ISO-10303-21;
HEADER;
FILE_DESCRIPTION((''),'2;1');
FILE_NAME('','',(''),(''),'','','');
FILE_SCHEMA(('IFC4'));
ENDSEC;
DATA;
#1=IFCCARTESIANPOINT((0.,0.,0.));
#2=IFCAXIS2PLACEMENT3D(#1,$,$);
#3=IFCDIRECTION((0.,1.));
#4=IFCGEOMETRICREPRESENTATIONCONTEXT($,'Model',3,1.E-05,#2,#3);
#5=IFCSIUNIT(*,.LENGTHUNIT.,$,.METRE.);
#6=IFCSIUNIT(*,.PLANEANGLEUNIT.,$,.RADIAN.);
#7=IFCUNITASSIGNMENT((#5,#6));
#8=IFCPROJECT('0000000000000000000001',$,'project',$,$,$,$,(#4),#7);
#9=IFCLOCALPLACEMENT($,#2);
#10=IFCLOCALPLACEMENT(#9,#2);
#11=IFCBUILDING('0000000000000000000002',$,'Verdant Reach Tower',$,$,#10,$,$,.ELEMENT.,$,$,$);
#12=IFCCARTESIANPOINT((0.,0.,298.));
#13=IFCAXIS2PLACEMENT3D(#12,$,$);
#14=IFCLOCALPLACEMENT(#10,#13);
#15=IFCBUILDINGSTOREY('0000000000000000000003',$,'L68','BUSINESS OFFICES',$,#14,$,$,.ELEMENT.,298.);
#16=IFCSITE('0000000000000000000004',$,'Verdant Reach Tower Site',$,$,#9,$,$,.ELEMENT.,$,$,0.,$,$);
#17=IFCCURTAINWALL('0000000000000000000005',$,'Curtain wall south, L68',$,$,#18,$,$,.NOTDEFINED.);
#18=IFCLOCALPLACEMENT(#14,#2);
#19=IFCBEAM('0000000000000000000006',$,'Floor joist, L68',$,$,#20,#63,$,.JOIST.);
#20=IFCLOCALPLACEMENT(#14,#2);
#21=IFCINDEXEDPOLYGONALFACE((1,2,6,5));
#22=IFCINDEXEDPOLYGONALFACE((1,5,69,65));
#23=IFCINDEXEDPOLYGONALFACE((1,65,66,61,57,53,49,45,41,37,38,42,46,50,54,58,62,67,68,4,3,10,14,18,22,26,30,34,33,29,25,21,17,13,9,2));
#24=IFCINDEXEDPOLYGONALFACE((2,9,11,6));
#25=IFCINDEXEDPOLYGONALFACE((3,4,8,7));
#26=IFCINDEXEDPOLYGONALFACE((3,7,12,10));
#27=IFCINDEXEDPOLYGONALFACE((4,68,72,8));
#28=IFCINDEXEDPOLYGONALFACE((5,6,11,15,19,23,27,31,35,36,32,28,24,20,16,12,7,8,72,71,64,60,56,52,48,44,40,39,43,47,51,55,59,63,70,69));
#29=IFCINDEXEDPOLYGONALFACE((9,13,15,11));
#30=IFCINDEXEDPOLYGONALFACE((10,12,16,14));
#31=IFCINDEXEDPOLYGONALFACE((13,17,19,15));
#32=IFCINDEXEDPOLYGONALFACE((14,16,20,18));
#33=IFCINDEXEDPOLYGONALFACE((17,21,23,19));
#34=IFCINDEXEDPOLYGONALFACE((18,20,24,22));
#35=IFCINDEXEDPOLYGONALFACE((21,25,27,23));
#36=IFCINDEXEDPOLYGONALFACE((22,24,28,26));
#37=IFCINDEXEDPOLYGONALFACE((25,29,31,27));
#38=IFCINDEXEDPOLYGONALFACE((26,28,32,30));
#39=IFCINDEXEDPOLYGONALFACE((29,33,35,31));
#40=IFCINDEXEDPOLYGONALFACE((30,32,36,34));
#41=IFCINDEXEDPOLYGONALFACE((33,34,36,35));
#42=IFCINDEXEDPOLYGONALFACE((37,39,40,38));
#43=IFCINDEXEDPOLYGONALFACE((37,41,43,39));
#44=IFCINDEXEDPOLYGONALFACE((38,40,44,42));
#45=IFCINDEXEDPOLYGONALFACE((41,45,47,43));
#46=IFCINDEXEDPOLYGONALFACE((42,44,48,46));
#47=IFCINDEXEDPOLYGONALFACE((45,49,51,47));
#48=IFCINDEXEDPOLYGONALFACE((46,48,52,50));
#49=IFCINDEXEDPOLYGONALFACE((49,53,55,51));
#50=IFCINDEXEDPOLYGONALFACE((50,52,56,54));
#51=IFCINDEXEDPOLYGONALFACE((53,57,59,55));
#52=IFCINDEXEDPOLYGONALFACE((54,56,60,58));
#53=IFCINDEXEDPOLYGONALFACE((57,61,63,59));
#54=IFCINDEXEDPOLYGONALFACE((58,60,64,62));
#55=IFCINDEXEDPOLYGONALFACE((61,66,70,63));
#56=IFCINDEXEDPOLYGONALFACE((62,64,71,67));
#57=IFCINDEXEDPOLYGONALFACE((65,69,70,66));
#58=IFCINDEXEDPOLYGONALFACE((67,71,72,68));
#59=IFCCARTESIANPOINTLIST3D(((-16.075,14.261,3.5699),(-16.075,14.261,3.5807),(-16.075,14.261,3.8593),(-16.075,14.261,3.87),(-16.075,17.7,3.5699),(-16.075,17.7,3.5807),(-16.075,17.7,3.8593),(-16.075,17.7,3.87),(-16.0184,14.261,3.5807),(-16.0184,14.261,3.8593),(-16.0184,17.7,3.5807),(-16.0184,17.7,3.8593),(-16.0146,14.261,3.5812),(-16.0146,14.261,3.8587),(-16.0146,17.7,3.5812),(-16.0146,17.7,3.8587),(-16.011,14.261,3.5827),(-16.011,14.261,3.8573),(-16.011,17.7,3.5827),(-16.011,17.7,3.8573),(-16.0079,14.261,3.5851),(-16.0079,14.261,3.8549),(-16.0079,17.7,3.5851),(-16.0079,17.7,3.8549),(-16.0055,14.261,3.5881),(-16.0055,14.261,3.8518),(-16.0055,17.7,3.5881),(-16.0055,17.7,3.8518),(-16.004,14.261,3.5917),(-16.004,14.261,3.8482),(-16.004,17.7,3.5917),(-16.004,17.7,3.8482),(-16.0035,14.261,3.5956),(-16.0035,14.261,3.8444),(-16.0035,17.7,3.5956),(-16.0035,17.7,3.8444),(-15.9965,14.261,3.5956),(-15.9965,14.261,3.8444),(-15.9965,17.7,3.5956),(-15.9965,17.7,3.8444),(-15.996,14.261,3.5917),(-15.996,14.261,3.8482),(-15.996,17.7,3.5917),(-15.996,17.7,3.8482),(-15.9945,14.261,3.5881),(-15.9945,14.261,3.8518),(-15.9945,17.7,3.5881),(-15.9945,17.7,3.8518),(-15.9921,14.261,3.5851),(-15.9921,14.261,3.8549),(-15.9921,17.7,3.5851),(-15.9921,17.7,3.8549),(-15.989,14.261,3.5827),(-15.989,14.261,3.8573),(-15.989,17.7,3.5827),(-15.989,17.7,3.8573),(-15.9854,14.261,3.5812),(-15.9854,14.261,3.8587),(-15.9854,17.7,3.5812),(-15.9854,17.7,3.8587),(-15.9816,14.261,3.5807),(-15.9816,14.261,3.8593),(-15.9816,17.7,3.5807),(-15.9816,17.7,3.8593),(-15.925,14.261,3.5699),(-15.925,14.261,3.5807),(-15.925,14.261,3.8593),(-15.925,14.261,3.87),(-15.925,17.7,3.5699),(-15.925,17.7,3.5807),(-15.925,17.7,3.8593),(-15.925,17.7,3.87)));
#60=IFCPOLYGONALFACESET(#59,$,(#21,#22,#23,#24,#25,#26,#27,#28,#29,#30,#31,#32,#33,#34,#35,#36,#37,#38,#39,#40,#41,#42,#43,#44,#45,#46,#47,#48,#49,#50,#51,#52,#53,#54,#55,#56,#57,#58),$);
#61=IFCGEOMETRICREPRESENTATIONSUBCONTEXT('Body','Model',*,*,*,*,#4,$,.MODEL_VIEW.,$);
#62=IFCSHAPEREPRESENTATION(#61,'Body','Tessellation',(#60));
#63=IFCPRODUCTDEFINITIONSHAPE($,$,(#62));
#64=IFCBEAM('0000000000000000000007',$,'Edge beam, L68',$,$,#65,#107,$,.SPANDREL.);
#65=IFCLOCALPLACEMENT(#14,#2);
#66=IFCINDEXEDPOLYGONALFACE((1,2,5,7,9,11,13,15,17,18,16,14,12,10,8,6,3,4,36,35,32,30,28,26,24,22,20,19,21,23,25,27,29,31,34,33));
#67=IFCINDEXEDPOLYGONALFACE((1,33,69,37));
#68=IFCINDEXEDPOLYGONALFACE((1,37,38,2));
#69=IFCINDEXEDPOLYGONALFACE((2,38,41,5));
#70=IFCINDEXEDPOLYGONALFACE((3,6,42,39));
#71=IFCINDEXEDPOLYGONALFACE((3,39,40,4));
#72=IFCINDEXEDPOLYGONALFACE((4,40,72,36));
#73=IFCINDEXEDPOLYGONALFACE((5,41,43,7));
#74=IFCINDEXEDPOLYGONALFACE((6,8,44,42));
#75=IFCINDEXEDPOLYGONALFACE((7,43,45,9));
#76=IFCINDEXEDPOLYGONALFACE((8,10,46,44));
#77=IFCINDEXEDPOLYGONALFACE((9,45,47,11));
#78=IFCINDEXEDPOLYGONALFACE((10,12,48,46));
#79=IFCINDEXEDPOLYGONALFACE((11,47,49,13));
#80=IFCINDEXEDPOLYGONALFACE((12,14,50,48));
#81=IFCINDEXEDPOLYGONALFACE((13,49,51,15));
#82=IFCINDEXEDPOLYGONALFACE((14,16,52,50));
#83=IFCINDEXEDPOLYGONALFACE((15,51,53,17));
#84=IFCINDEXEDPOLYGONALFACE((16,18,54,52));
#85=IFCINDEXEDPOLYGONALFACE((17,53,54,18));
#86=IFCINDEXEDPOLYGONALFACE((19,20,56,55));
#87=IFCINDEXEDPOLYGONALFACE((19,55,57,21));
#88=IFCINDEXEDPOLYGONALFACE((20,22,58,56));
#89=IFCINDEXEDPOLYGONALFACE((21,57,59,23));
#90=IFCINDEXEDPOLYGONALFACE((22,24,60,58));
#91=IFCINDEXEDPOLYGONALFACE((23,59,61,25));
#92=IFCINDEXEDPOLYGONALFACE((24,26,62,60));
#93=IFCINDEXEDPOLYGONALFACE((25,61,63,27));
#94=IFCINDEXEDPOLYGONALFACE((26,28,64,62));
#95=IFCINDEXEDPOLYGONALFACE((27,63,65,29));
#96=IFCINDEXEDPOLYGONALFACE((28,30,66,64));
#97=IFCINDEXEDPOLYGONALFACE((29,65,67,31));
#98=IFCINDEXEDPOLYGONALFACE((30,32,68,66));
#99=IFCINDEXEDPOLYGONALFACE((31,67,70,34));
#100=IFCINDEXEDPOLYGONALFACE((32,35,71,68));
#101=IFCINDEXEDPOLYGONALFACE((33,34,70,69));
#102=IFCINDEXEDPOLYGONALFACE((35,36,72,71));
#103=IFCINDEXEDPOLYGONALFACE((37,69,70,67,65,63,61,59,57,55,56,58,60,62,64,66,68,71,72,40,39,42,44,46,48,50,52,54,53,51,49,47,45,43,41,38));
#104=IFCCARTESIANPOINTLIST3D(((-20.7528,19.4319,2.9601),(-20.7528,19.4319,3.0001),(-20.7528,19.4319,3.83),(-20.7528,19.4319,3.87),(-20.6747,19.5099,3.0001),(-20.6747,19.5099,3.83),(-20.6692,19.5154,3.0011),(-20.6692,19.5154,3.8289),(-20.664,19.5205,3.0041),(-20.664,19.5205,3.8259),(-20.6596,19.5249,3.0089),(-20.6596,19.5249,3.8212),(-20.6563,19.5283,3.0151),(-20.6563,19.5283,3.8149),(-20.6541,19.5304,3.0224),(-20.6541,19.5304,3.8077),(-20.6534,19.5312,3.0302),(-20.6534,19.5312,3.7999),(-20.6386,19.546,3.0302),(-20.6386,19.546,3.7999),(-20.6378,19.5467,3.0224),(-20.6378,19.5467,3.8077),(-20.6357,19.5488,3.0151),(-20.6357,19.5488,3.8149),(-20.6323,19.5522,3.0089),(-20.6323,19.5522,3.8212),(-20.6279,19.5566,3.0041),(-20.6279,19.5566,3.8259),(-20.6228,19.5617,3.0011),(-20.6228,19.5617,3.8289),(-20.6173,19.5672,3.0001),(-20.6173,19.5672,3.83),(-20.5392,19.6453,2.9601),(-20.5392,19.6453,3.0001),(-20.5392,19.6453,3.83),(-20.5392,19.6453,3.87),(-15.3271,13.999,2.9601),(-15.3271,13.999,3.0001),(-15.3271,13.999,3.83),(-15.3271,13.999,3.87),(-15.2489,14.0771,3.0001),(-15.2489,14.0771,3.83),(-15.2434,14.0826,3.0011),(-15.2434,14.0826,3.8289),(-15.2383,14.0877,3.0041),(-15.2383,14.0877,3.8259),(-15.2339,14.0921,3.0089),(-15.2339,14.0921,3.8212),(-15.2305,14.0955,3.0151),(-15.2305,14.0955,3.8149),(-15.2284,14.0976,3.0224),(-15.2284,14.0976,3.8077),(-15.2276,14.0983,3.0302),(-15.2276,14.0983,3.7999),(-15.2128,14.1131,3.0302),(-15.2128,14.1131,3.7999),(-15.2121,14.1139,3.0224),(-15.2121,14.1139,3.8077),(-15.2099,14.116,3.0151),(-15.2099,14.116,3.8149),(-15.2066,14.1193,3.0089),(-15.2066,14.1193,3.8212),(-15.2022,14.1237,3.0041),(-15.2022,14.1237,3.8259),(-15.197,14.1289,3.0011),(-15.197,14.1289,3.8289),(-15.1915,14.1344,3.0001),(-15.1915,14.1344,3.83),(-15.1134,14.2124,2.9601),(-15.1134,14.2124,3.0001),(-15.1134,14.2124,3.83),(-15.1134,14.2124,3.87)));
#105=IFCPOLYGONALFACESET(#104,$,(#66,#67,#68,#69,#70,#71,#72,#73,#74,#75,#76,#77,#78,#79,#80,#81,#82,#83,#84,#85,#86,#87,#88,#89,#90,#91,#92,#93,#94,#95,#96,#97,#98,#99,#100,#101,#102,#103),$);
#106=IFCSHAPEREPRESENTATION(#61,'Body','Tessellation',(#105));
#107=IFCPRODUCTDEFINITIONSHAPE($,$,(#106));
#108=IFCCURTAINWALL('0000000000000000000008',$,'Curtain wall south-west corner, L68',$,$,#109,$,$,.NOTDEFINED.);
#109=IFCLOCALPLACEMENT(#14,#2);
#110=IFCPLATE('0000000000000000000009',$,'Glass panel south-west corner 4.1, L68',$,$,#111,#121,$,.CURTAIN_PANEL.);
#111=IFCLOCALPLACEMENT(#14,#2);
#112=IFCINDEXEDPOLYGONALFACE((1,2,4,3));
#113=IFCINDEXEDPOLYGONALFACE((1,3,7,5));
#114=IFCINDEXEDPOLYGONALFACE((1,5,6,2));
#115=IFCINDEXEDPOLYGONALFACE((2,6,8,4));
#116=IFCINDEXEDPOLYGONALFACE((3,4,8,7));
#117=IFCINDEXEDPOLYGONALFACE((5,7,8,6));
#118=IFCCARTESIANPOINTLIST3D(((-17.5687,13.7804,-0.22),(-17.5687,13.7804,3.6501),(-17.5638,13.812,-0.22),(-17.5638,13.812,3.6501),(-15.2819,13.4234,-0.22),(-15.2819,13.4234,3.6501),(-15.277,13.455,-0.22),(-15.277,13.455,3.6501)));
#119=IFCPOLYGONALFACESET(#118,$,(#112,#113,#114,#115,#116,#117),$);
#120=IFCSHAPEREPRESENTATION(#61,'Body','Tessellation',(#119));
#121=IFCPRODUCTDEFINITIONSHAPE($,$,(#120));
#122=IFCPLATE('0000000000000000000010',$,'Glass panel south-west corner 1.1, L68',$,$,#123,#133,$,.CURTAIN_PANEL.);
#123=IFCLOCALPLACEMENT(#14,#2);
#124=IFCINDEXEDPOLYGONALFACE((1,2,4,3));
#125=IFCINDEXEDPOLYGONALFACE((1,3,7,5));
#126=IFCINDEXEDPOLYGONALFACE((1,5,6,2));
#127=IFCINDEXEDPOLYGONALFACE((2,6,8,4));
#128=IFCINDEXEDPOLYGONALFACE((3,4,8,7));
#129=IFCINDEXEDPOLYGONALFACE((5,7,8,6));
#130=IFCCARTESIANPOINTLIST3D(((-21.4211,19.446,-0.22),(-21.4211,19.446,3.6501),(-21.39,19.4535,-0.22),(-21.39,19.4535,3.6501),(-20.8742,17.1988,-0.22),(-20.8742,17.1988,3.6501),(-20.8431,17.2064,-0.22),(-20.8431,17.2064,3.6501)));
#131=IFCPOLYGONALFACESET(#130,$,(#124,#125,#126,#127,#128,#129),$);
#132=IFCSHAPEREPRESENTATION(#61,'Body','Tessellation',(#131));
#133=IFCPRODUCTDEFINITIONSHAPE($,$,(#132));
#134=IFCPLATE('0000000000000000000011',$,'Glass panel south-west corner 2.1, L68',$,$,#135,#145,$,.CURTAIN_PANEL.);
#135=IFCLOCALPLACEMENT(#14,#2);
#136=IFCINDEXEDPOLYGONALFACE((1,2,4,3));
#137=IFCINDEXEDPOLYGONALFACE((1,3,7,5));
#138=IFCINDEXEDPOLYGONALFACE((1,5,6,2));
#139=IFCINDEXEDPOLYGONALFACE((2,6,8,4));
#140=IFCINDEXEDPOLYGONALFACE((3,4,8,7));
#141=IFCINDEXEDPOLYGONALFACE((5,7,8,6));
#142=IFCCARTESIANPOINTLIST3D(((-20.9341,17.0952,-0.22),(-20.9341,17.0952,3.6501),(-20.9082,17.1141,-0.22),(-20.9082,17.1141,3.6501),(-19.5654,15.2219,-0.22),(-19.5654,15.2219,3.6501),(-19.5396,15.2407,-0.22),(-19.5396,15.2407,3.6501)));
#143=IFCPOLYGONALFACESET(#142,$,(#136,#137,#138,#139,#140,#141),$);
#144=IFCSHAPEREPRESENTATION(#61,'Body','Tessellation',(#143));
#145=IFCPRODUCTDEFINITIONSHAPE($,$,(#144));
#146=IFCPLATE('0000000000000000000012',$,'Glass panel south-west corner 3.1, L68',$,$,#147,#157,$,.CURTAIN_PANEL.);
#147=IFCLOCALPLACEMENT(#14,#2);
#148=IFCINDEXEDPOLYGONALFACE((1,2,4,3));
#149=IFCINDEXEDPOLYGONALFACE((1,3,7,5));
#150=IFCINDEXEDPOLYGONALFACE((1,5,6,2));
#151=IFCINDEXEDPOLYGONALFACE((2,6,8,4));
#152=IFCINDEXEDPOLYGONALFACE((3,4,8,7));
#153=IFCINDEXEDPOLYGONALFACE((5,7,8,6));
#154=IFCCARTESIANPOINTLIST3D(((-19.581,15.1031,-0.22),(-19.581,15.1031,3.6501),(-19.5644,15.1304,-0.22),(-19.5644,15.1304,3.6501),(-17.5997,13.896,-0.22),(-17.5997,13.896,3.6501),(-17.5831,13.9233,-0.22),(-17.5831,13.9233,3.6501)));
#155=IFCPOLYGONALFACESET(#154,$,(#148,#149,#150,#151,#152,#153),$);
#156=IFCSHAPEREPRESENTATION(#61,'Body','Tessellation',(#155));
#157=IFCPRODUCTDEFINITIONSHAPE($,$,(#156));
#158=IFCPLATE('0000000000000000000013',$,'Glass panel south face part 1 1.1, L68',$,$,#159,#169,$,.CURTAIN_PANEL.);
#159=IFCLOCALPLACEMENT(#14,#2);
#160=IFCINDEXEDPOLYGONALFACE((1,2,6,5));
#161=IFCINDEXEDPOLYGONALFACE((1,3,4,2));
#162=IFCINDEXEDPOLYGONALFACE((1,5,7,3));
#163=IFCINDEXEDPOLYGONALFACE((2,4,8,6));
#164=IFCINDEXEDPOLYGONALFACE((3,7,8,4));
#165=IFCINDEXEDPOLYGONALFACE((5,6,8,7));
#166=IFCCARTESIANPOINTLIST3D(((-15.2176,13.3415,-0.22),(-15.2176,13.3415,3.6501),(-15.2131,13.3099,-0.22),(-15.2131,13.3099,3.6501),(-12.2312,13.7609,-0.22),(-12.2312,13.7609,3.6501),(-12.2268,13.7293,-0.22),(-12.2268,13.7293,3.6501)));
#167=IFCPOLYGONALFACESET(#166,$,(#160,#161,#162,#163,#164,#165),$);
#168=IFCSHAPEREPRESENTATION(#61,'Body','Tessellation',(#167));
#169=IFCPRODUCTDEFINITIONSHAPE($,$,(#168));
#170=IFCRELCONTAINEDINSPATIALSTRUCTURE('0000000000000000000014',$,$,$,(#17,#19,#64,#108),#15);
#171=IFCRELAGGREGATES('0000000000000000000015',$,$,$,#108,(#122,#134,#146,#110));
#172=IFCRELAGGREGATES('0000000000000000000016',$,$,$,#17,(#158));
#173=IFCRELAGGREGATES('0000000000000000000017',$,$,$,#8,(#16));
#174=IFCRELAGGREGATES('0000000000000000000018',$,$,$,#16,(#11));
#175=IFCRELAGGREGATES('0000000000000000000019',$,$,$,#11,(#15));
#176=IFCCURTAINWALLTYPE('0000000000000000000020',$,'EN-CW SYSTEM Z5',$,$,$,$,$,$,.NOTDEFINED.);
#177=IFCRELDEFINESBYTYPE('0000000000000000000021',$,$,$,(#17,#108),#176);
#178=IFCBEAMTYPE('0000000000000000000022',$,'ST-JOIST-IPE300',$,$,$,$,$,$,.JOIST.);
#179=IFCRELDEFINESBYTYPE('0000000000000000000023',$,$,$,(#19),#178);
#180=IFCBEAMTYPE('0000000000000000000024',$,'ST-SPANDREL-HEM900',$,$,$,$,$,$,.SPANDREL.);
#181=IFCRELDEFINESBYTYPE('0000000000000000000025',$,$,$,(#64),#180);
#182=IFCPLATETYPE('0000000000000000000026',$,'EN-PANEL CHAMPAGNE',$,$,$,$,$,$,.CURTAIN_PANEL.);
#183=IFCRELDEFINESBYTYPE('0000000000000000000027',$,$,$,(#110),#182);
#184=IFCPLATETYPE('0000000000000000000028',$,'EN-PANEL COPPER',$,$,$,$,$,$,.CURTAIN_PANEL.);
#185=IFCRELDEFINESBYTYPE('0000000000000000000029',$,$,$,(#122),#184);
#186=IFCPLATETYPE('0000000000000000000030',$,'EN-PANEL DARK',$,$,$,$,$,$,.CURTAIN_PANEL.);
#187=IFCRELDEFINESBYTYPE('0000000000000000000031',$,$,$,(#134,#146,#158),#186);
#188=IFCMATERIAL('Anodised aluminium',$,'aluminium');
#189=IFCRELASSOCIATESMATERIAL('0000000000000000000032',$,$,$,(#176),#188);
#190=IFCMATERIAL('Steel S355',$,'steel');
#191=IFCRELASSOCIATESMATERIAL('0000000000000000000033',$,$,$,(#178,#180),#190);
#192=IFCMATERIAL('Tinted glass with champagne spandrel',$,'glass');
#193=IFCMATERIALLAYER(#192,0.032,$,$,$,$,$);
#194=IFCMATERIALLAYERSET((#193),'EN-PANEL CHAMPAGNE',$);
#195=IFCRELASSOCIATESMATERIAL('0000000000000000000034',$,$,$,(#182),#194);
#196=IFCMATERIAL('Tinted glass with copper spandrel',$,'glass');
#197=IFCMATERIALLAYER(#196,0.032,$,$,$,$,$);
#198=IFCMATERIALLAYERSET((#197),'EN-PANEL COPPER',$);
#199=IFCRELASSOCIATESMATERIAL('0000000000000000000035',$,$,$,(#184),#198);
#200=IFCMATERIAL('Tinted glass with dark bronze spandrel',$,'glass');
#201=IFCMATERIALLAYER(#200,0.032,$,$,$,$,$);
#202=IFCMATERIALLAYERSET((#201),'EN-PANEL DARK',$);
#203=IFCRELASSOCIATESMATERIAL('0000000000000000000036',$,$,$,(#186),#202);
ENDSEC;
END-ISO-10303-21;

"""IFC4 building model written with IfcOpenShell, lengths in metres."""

from ifc_helpers import new_model, si_unit, direction, frame, origin, origin_2d, place, context, subcontext, project, spatial, rectangle, i_section, extrude, material, layer, layer_set, material_profile, profile_set, type_object, element, aggregate, save


model = new_model("IFC4")

# Units and contexts
model_context = context("Model", 3, precision=1e-05, world=origin(), true_north=direction((0.0, 1.0)))
body_context = subcontext(model_context, "Body", "Model", "MODEL_VIEW")
ifc_project = project(units=[si_unit("LENGTHUNIT", "METRE"), si_unit("PLANEANGLEUNIT", "RADIAN")], contexts=[model_context])

# Site, building, storey
site_placement = place(None, origin())
site = spatial("IfcSite", under=ifc_project, at=site_placement, Name="Verdant Reach Tower Site", CompositionType="ELEMENT", RefElevation=0.0)
building_placement = place(site_placement, origin())
building = spatial("IfcBuilding", under=site, at=building_placement, Name="Verdant Reach Tower", CompositionType="ELEMENT")
storey_placement = place(building_placement, frame((0.0, 0.0, 298.0)))
storey = spatial("IfcBuildingStorey", under=building, at=storey_placement, Name="L68", Description="BUSINESS OFFICES", CompositionType="ELEMENT", Elevation=298.0)

# Curtain wall
ifc_material_1 = material(Name="Anodised aluminium", Category="aluminium")
curtain_wall_type = type_object("IfcCurtainWallType", Name="EN-CW SYSTEM Z5", PredefinedType="NOTDEFINED", material=ifc_material_1)
curtain_wall_1_placement = place(storey_placement, origin())
curtain_wall_1 = element("IfcCurtainWall", 1, at=curtain_wall_1_placement, inside=storey, type_object=curtain_wall_type, Name="Curtain wall south, L68", PredefinedType="NOTDEFINED")

# Beams
ifc_material_2 = material(Name="Steel S355", Category="steel")
ifc_material_profile_1 = material_profile(ifc_material_2, i_section(OverallWidth=0.1499, OverallDepth=0.3, WebThickness=0.0071, FlangeThickness=0.0107, FilletRadius=0.0149, at=origin_2d()), Name="IPE 300")
ifc_profile_set_1 = profile_set([ifc_material_profile_1], Name="Steel S355")
beam_type_1 = type_object("IfcBeamType", Name="ST-JOIST-IPE300", PredefinedType="JOIST", material=ifc_profile_set_1)
beam_1_placement = place(storey_placement, frame((-16.0, 17.7, 3.72), z_axis=(0.0, -1.0, 0.0), x_axis=(1.0, 0.0, 0.0)))
element("IfcBeam", 2, at=beam_1_placement, inside=storey, type_object=beam_type_1, Name="Floor joist, L68", PredefinedType="JOIST", context=body_context, shape_type="SweptSolid", body=[
    extrude(i_section(OverallWidth=0.1499, OverallDepth=0.3, WebThickness=0.0071, FlangeThickness=0.0107, FilletRadius=0.0149, at=origin_2d()), origin(), (0.0, 0.0, 1.0), 3.439),
])
ifc_material_profile_2 = material_profile(ifc_material_2, i_section(OverallWidth=0.302, OverallDepth=0.9099, WebThickness=0.021, FlangeThickness=0.04, FilletRadius=0.03, at=origin_2d()), Name="HEM 900")
ifc_profile_set_2 = profile_set([ifc_material_profile_2], Name="Steel S355")
beam_type_2 = type_object("IfcBeamType", Name="ST-SPANDREL-HEM900", PredefinedType="SPANDREL", material=ifc_profile_set_2)
beam_2_placement = place(storey_placement, frame((-15.2202, 14.1057, 3.415), z_axis=(-0.706646, 0.707568, 0.0), x_axis=(-0.707568, -0.706646, 0.0)))
element("IfcBeam", 3, at=beam_2_placement, inside=storey, type_object=beam_type_2, Name="Edge beam, L68", PredefinedType="SPANDREL", context=body_context, shape_type="SweptSolid", body=[
    extrude(i_section(OverallWidth=0.302, OverallDepth=0.9099, WebThickness=0.021, FlangeThickness=0.04, FilletRadius=0.03, at=origin_2d()), origin(), (0.0, 0.0, 1.0), 7.6782),
])

# Curtain wall, plates
curtain_wall_2_placement = place(storey_placement, origin())
curtain_wall_2 = element("IfcCurtainWall", 4, at=curtain_wall_2_placement, inside=storey, type_object=curtain_wall_type, Name="Curtain wall south-west corner, L68", PredefinedType="NOTDEFINED")
ifc_material_3 = material(Name="Tinted glass with champagne spandrel", Category="glass")
ifc_layer_1 = layer(ifc_material_3, 0.032)
ifc_layer_set_1 = layer_set([ifc_layer_1], Name="EN-PANEL CHAMPAGNE")
plate_type_1 = type_object("IfcPlateType", Name="EN-PANEL CHAMPAGNE", PredefinedType="CURTAIN_PANEL", material=ifc_layer_set_1)
plate_1_placement = place(storey_placement, frame((-16.4229, 13.6177, -0.22), z_axis=(0.0, 0.0, 1.0), x_axis=(0.988033, -0.15424, 0.0)))
plate_1 = element("IfcPlate", 5, at=plate_1_placement, type_object=plate_type_1, Name="Glass panel south-west corner 4.1, L68", PredefinedType="CURTAIN_PANEL", context=body_context, shape_type="SweptSolid", body=[
    extrude(rectangle(XDim=2.3145, YDim=0.032, at=origin_2d()), origin(), (0.0, 0.0, 1.0), 3.8701),
])
ifc_material_4 = material(Name="Tinted glass with copper spandrel", Category="glass")
ifc_layer_2 = layer(ifc_material_4, 0.032)
ifc_layer_set_2 = layer_set([ifc_layer_2], Name="EN-PANEL COPPER")
plate_type_2 = type_object("IfcPlateType", Name="EN-PANEL COPPER", PredefinedType="CURTAIN_PANEL", material=ifc_layer_set_2)
plate_2_placement = place(storey_placement, frame((-21.1321, 18.3262, -0.22), z_axis=(0.0, 0.0, 1.0), x_axis=(0.236471, -0.971638, 0.0)))
plate_2 = element("IfcPlate", 6, at=plate_2_placement, type_object=plate_type_2, Name="Glass panel south-west corner 1.1, L68", PredefinedType="CURTAIN_PANEL", context=body_context, shape_type="SweptSolid", body=[
    extrude(rectangle(XDim=2.3127, YDim=0.032, at=origin_2d()), origin(), (0.0, 0.0, 1.0), 3.8701),
])
ifc_material_5 = material(Name="Tinted glass with dark bronze spandrel", Category="glass")
ifc_layer_3 = layer(ifc_material_5, 0.032)
ifc_layer_set_3 = layer_set([ifc_layer_3], Name="EN-PANEL DARK")
plate_type_3 = type_object("IfcPlateType", Name="EN-PANEL DARK", PredefinedType="CURTAIN_PANEL", material=ifc_layer_set_3)
plate_3_placement = place(storey_placement, frame((-20.2368, 16.168, -0.22), z_axis=(0.0, 0.0, 1.0), x_axis=(0.589927, -0.807457, 0.0)))
plate_3 = element("IfcPlate", 7, at=plate_3_placement, type_object=plate_type_3, Name="Glass panel south-west corner 2.1, L68", PredefinedType="CURTAIN_PANEL", context=body_context, shape_type="SweptSolid", body=[
    extrude(rectangle(XDim=2.3201, YDim=0.032, at=origin_2d()), origin(), (0.0, 0.0, 1.0), 3.8701),
])
plate_4_placement = place(storey_placement, frame((-18.582, 14.5132, -0.22), z_axis=(0.0, 0.0, 1.0), x_axis=(0.853989, -0.520292, 0.0)))
plate_4 = element("IfcPlate", 8, at=plate_4_placement, type_object=plate_type_3, Name="Glass panel south-west corner 3.1, L68", PredefinedType="CURTAIN_PANEL", context=body_context, shape_type="SweptSolid", body=[
    extrude(rectangle(XDim=2.3201, YDim=0.032, at=origin_2d()), origin(), (0.0, 0.0, 1.0), 3.8701),
])
aggregate(curtain_wall_2, [plate_2, plate_3, plate_4, plate_1])

# Plate
plate_5_placement = place(storey_placement, frame((-13.7222, 13.5354, -0.22), z_axis=(0.0, 0.0, 1.0), x_axis=(0.990282, 0.139077, 0.0)))
plate_5 = element("IfcPlate", 9, at=plate_5_placement, type_object=plate_type_3, Name="Glass panel south face part 1 1.1, L68", PredefinedType="CURTAIN_PANEL", context=body_context, shape_type="SweptSolid", body=[
    extrude(rectangle(XDim=3.0156, YDim=0.032, at=origin_2d()), origin(), (0.0, 0.0, 1.0), 3.8701),
])
aggregate(curtain_wall_1, [plate_5])

save(model, "model.ifc")
